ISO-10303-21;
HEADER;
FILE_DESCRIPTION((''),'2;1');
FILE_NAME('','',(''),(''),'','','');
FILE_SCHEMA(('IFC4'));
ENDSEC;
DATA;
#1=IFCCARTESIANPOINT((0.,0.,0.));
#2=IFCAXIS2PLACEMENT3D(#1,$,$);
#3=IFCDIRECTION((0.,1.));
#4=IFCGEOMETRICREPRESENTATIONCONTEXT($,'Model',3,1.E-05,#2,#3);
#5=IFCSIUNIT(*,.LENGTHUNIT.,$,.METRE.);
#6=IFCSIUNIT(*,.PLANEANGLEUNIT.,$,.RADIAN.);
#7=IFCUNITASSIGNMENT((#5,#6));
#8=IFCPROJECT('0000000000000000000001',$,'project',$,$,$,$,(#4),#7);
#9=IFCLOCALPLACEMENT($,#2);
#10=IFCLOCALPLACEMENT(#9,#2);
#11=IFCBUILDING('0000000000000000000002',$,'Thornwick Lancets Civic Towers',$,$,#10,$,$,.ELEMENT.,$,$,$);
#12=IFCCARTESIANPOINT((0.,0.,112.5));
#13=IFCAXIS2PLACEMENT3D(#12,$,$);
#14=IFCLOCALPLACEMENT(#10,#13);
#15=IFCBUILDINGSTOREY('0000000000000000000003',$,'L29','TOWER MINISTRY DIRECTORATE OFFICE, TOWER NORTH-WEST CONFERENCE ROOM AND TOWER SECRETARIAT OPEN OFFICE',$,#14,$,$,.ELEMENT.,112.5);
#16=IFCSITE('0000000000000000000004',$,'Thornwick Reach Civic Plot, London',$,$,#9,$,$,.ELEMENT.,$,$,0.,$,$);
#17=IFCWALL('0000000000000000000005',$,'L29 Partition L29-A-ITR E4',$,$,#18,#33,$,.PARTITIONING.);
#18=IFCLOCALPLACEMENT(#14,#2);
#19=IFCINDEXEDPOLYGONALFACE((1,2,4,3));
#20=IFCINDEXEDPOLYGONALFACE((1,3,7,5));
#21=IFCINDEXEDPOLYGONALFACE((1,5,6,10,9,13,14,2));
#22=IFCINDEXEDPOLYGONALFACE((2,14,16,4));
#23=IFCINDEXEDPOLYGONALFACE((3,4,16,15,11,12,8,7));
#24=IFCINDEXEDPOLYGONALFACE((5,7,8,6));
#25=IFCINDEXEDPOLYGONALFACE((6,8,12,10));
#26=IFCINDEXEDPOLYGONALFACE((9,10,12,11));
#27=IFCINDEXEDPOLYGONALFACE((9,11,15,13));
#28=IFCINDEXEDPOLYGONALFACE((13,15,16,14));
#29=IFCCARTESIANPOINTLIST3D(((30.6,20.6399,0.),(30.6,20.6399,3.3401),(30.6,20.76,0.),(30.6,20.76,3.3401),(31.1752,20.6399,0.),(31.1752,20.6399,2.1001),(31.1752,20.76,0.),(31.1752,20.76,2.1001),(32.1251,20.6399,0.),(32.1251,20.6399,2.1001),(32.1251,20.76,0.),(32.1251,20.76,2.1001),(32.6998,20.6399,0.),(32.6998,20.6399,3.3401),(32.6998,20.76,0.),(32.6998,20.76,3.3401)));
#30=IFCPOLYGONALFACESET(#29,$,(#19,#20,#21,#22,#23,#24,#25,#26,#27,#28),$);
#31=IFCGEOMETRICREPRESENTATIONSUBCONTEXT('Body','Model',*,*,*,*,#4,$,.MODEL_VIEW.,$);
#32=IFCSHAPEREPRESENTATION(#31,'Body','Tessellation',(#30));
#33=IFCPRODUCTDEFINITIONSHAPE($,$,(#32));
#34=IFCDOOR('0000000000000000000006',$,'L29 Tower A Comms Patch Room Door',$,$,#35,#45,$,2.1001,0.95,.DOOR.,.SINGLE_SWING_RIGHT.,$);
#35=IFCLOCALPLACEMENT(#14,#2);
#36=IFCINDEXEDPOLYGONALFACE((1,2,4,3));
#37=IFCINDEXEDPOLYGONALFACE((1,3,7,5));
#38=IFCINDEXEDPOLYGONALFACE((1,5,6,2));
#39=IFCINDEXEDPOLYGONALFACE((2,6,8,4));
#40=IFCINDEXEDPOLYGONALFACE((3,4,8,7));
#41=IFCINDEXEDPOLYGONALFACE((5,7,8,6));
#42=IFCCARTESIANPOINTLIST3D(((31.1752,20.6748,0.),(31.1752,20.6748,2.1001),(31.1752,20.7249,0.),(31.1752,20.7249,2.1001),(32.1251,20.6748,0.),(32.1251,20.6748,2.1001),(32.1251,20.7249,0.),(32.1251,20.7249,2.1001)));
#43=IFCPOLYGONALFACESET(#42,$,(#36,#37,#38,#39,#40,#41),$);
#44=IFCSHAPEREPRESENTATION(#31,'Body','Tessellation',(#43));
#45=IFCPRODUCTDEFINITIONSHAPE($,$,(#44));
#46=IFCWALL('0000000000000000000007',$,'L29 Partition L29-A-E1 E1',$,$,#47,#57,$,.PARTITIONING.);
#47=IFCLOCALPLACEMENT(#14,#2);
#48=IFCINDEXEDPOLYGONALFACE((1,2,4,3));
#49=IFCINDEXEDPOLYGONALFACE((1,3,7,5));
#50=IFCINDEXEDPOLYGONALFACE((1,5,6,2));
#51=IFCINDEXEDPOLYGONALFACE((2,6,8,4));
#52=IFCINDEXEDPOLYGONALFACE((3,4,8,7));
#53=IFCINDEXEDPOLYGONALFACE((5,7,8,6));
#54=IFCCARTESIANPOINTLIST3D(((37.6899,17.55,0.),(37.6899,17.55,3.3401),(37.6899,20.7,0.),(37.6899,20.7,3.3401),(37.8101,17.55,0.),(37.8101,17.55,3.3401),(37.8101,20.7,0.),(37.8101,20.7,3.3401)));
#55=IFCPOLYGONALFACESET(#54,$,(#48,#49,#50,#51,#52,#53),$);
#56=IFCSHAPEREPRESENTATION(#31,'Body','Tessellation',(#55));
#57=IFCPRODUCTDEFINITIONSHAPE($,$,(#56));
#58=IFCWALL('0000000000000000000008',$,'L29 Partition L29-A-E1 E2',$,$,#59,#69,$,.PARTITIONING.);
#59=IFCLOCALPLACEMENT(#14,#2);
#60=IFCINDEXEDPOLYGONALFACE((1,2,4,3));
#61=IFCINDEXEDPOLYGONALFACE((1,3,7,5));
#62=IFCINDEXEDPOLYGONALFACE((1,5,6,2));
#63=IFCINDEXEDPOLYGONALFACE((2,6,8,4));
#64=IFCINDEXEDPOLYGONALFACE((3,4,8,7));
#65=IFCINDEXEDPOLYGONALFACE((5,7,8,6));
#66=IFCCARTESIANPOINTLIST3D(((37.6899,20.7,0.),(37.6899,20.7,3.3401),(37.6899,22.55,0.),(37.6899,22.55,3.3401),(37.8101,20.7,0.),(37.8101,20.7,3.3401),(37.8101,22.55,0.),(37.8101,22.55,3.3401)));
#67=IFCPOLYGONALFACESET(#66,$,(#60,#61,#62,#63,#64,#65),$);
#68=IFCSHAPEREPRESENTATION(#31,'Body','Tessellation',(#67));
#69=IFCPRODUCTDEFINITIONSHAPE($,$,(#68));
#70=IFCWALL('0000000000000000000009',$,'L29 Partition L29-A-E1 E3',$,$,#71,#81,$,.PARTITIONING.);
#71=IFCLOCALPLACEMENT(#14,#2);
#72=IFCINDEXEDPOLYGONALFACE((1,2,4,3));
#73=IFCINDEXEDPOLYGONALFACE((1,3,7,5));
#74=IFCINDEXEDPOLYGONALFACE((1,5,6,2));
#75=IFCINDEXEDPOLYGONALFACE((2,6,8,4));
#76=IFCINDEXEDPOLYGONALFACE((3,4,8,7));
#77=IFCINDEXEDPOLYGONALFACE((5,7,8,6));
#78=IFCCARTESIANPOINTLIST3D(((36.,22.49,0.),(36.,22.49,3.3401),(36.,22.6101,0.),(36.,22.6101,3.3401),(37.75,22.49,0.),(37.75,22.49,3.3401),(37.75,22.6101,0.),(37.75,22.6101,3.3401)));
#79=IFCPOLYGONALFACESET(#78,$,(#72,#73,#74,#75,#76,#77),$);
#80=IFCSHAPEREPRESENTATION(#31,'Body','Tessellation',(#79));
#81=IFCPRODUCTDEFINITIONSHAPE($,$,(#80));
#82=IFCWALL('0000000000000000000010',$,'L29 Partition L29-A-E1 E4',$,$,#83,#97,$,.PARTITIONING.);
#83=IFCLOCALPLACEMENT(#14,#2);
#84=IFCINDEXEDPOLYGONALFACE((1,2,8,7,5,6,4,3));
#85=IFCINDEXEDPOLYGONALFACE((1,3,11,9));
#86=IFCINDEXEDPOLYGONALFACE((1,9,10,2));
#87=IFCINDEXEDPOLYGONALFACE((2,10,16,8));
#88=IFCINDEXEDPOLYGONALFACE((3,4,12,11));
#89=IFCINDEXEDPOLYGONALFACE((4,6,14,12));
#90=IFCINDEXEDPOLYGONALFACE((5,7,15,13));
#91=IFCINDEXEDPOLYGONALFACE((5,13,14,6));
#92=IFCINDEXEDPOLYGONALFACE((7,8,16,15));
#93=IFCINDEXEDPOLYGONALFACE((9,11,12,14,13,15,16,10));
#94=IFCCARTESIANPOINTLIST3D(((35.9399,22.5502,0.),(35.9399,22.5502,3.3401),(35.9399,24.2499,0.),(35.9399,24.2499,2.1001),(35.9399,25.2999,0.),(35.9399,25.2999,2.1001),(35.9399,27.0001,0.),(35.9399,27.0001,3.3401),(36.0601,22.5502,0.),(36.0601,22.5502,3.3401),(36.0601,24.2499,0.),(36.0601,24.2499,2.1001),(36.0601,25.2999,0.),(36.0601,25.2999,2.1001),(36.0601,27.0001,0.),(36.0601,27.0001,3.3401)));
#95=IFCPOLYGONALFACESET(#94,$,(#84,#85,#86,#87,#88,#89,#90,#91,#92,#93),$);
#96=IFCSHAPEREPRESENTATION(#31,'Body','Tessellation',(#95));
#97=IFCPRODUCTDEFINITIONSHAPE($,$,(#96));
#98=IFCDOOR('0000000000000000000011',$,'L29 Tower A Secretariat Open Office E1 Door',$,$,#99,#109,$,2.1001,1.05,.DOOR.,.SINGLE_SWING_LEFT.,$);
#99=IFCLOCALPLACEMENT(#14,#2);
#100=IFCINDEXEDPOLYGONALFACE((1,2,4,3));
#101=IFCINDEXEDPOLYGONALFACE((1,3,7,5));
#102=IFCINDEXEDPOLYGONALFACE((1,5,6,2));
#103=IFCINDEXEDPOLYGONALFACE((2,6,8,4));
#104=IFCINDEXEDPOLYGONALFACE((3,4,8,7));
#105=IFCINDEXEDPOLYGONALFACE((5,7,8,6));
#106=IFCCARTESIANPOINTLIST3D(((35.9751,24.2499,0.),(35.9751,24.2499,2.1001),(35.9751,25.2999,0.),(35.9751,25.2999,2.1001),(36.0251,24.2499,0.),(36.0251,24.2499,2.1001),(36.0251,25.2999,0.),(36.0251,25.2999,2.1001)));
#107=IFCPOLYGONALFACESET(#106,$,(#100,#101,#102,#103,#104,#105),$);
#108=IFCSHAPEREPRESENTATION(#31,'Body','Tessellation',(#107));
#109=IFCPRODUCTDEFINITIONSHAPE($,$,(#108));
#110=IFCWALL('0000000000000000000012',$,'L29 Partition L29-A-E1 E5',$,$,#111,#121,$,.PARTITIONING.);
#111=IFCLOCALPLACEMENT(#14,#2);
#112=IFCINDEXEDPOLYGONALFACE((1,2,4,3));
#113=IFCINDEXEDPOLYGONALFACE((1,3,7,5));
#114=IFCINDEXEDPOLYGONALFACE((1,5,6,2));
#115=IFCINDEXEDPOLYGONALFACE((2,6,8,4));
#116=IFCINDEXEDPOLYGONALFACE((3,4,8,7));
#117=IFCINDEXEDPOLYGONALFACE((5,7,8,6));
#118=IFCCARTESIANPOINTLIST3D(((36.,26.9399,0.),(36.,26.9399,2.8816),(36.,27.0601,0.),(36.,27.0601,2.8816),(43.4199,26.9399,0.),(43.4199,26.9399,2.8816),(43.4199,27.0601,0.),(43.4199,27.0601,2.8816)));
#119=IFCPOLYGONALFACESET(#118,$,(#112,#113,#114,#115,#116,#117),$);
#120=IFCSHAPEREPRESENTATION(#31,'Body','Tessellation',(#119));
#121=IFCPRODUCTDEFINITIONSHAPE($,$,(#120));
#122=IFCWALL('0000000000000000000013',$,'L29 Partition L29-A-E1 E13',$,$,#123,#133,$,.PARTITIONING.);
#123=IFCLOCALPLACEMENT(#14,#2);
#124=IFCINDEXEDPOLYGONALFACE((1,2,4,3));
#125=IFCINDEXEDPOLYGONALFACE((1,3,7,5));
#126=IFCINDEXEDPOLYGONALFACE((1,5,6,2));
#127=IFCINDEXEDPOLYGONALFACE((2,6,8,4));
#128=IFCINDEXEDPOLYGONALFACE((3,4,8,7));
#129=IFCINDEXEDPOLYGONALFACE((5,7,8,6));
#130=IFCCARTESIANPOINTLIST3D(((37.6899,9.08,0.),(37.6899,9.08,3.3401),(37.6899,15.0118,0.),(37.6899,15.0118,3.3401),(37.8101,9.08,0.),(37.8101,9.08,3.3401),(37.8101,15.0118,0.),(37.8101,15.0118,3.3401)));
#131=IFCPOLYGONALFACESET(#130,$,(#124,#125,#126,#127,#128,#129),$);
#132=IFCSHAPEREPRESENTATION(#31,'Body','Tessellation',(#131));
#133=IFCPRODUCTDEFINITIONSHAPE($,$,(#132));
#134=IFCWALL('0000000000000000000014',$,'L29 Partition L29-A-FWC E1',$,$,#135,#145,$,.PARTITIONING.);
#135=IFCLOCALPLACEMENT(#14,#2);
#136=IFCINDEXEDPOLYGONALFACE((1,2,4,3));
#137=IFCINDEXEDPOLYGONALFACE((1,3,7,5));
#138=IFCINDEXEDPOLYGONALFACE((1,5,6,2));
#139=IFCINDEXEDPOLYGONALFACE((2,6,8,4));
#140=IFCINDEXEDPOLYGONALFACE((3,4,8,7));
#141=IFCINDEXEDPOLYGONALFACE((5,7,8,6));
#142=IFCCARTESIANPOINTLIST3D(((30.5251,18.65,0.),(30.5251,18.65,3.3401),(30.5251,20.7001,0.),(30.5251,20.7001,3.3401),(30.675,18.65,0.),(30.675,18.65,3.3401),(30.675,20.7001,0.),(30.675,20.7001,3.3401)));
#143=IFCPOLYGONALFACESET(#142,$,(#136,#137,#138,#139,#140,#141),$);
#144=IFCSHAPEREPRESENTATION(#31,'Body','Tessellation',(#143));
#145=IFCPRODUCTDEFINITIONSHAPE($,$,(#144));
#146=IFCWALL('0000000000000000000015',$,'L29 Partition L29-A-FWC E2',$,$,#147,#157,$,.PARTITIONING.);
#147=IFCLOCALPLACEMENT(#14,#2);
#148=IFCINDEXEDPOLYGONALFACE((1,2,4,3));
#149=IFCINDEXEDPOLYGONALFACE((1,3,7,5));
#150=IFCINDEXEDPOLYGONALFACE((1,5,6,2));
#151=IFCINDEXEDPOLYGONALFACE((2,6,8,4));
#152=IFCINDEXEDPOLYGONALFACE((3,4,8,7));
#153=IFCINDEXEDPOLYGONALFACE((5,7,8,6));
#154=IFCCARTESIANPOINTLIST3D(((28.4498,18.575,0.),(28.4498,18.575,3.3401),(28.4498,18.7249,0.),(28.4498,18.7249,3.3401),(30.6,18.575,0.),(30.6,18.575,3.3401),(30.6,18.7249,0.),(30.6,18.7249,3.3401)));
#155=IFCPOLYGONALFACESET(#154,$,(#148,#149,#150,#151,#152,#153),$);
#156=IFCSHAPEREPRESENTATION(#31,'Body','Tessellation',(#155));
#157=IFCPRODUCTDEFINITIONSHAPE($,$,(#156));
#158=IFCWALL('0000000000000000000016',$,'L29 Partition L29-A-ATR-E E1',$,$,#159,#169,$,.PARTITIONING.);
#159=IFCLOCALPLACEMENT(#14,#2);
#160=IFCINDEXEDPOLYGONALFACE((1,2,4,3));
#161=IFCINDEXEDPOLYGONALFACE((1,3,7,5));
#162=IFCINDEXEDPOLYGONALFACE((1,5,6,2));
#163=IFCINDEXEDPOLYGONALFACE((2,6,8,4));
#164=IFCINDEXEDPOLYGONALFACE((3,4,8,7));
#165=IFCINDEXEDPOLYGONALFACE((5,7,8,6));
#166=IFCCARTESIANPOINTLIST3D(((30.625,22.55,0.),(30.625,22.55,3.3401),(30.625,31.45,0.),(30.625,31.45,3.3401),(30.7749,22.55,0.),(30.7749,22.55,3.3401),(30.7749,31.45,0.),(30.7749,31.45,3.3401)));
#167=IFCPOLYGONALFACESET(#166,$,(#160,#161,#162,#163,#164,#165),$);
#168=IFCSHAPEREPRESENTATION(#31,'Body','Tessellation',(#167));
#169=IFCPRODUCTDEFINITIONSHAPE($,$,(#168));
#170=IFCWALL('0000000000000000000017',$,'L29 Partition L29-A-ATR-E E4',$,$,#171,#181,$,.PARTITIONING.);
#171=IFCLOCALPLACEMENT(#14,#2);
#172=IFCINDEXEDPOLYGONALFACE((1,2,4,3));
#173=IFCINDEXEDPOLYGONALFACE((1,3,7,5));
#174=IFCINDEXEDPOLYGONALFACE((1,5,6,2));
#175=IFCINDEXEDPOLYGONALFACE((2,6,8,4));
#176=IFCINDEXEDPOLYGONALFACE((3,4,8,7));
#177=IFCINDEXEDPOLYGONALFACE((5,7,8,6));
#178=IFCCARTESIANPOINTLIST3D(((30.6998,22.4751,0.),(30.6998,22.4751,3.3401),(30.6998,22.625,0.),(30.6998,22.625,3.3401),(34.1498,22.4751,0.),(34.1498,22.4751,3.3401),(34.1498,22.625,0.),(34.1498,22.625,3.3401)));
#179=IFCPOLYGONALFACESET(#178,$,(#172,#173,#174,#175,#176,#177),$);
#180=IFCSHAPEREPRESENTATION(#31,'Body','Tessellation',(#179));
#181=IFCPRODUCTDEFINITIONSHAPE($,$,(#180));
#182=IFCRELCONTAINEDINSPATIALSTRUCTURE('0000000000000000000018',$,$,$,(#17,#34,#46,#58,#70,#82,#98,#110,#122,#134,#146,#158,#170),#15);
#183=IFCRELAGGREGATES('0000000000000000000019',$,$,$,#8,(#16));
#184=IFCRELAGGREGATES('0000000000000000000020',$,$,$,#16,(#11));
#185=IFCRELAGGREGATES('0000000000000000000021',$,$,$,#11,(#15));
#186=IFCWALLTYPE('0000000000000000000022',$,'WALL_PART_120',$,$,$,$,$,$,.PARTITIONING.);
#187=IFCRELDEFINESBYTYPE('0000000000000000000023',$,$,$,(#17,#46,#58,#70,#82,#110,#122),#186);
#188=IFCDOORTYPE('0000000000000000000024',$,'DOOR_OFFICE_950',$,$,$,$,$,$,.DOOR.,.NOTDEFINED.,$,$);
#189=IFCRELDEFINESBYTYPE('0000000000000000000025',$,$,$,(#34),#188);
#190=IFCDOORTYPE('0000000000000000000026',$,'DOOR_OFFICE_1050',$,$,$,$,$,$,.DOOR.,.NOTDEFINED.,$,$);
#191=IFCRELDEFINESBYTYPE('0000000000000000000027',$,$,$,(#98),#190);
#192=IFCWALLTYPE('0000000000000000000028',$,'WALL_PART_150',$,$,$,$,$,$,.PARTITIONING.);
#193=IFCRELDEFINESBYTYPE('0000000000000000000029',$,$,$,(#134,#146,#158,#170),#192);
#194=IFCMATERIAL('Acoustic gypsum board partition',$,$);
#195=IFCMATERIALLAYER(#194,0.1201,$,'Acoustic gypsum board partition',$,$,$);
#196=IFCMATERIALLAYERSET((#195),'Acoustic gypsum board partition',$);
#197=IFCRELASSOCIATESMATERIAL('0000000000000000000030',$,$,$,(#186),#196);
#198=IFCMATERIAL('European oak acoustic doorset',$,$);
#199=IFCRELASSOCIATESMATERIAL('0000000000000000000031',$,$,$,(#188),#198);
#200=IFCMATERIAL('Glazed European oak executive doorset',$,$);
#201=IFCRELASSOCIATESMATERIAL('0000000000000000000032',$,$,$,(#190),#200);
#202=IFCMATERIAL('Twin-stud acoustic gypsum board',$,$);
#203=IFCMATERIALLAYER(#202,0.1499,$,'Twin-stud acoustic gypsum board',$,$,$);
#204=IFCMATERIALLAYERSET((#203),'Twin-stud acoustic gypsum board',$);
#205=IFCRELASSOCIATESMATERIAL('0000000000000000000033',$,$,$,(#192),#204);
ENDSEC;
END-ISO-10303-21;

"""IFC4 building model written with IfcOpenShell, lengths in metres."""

from ifc_helpers import new_model, si_unit, direction, frame, frame_2d, origin, place, context, subcontext, project, spatial, rectangle, extrude, material, layer, layer_set, type_object, element, fill, save


model = new_model("IFC4")

# Units and contexts
model_context = context("Model", 3, precision=1e-05, world=origin(), true_north=direction((0.0, 1.0)))
body_context = subcontext(model_context, "Body", "Model", "MODEL_VIEW")
ifc_project = project(units=[si_unit("LENGTHUNIT", "METRE"), si_unit("PLANEANGLEUNIT", "RADIAN")], contexts=[model_context])

# Site, building, storey
site_placement = place(None, origin())
site = spatial("IfcSite", under=ifc_project, at=site_placement, Name="Thornwick Reach Civic Plot, London", CompositionType="ELEMENT", RefElevation=0.0)
building_placement = place(site_placement, origin())
building = spatial("IfcBuilding", under=site, at=building_placement, Name="Thornwick Lancets Civic Towers", CompositionType="ELEMENT")
storey_placement = place(building_placement, frame((0.0, 0.0, 112.5)))
storey = spatial("IfcBuildingStorey", under=building, at=storey_placement, Name="L29", Description="TOWER MINISTRY DIRECTORATE OFFICE, TOWER NORTH-WEST CONFERENCE ROOM AND TOWER SECRETARIAT OPEN OFFICE", CompositionType="ELEMENT", Elevation=112.5)

# Shared definitions
ifc_material_1 = material(Name="Acoustic gypsum board partition")
ifc_layer_1 = layer(ifc_material_1, 0.1201, Name="Acoustic gypsum board partition")
ifc_layer_set_1 = layer_set([ifc_layer_1], Name="Acoustic gypsum board partition")
wall_type_1 = type_object("IfcWallType", Name="WALL_PART_120", PredefinedType="PARTITIONING", material=ifc_layer_set_1)

# Wall, opening, door
wall_1_placement = place(storey_placement, frame((30.6001, 20.7, 0.0), z_axis=(0.0, 0.0, 1.0), x_axis=(1.0, 0.0, 0.0)))
wall_1 = element("IfcWall", 1, at=wall_1_placement, inside=storey, type_object=wall_type_1, Name="L29 Partition L29-A-ITR E4", PredefinedType="PARTITIONING", context=body_context, shape_type="SweptSolid", body=[
    extrude(rectangle(XDim=2.0999, YDim=0.1201, at=frame_2d((1.0498, 0.0))), origin(), (0.0, 0.0, 1.0), 3.3401),
])
opening_1_placement = place(wall_1_placement, frame((0.575, 0.0, 0.0)))
opening_1 = element("IfcOpeningElement", 2, at=opening_1_placement, cuts=wall_1, PredefinedType="OPENING", context=body_context, shape_type="SweptSolid", body=[
    extrude(rectangle(XDim=0.95, YDim=2.1001, at=frame_2d((0.4751, 1.05))), frame((0.0, 0.0701, 0.0), z_axis=(0.0, -1.0, 0.0), x_axis=(1.0, 0.0, 0.0)), (0.0, 0.0, 1.0), 0.1401),
])
ifc_material_2 = material(Name="European oak acoustic doorset")
door_type_1 = type_object("IfcDoorType", Name="DOOR_OFFICE_950", OperationType="NOTDEFINED", PredefinedType="DOOR", material=ifc_material_2)
door_1_placement = place(opening_1_placement, origin())
door_1 = element("IfcDoor", 3, at=door_1_placement, inside=storey, type_object=door_type_1, Name="L29 Tower A Comms Patch Room Door", OperationType="SINGLE_SWING_RIGHT", OverallHeight=2.1001, OverallWidth=0.95, PredefinedType="DOOR", context=body_context, shape_type="SweptSolid", body=[
    extrude(rectangle(XDim=0.95, YDim=2.1001, at=frame_2d((0.4751, 1.05))), frame((0.0, 0.0249, 0.0), z_axis=(0.0, -1.0, 0.0), x_axis=(1.0, 0.0, 0.0)), (0.0, 0.0, 1.0), 0.05),
])
fill(opening_1, door_1)

# Walls
wall_2_placement = place(storey_placement, frame((37.75, 17.55, 0.0), z_axis=(0.0, 0.0, 1.0), x_axis=(0.0, 1.0, 0.0)))
element("IfcWall", 4, at=wall_2_placement, inside=storey, type_object=wall_type_1, Name="L29 Partition L29-A-E1 E1", PredefinedType="PARTITIONING", context=body_context, shape_type="SweptSolid", body=[
    extrude(rectangle(XDim=3.1499, YDim=0.1201, at=frame_2d((1.575, 0.0))), origin(), (0.0, 0.0, 1.0), 3.3401),
])
wall_3_placement = place(storey_placement, frame((37.75, 20.7, 0.0), z_axis=(0.0, 0.0, 1.0), x_axis=(0.0, 1.0, 0.0)))
element("IfcWall", 5, at=wall_3_placement, inside=storey, type_object=wall_type_1, Name="L29 Partition L29-A-E1 E2", PredefinedType="PARTITIONING", context=body_context, shape_type="SweptSolid", body=[
    extrude(rectangle(XDim=1.8501, YDim=0.1201, at=frame_2d((0.925, 0.0))), origin(), (0.0, 0.0, 1.0), 3.3401),
])
wall_4_placement = place(storey_placement, frame((37.75, 22.55, 0.0), z_axis=(0.0, 0.0, 1.0), x_axis=(-1.0, 0.0, 0.0)))
element("IfcWall", 6, at=wall_4_placement, inside=storey, type_object=wall_type_1, Name="L29 Partition L29-A-E1 E3", PredefinedType="PARTITIONING", context=body_context, shape_type="SweptSolid", body=[
    extrude(rectangle(XDim=1.75, YDim=0.1201, at=frame_2d((0.875, 0.0))), origin(), (0.0, 0.0, 1.0), 3.3401),
])

# Wall, opening, door
wall_5_placement = place(storey_placement, frame((36.0, 22.55, 0.0), z_axis=(0.0, 0.0, 1.0), x_axis=(0.0, 1.0, 0.0)))
wall_5 = element("IfcWall", 7, at=wall_5_placement, inside=storey, type_object=wall_type_1, Name="L29 Partition L29-A-E1 E4", PredefinedType="PARTITIONING", context=body_context, shape_type="SweptSolid", body=[
    extrude(rectangle(XDim=4.45, YDim=0.1201, at=frame_2d((2.2251, 0.0))), origin(), (0.0, 0.0, 1.0), 3.3401),
])
opening_2_placement = place(wall_5_placement, frame((1.7, 0.0, 0.0)))
opening_2 = element("IfcOpeningElement", 8, at=opening_2_placement, cuts=wall_5, PredefinedType="OPENING", context=body_context, shape_type="SweptSolid", body=[
    extrude(rectangle(XDim=1.05, YDim=2.1001, at=frame_2d((0.5249, 1.05))), frame((0.0, 0.0701, 0.0), z_axis=(0.0, -1.0, 0.0), x_axis=(1.0, 0.0, 0.0)), (0.0, 0.0, 1.0), 0.1401),
])
ifc_material_3 = material(Name="Glazed European oak executive doorset")
door_type_2 = type_object("IfcDoorType", Name="DOOR_OFFICE_1050", OperationType="NOTDEFINED", PredefinedType="DOOR", material=ifc_material_3)
door_2_placement = place(opening_2_placement, origin())
door_2 = element("IfcDoor", 9, at=door_2_placement, inside=storey, type_object=door_type_2, Name="L29 Tower A Secretariat Open Office E1 Door", OperationType="SINGLE_SWING_LEFT", OverallHeight=2.1001, OverallWidth=1.05, PredefinedType="DOOR", context=body_context, shape_type="SweptSolid", body=[
    extrude(rectangle(XDim=1.05, YDim=2.1001, at=frame_2d((0.5249, 1.05))), frame((0.0, 0.0249, 0.0), z_axis=(0.0, -1.0, 0.0), x_axis=(1.0, 0.0, 0.0)), (0.0, 0.0, 1.0), 0.05),
])
fill(opening_2, door_2)

# Walls
wall_6_placement = place(storey_placement, frame((36.0, 27.0, 0.0), z_axis=(0.0, 0.0, 1.0), x_axis=(1.0, 0.0, 0.0)))
element("IfcWall", 10, at=wall_6_placement, inside=storey, type_object=wall_type_1, Name="L29 Partition L29-A-E1 E5", PredefinedType="PARTITIONING", context=body_context, shape_type="SweptSolid", body=[
    extrude(rectangle(XDim=7.4199, YDim=0.1201, at=frame_2d((3.71, 0.0))), origin(), (0.0, 0.0, 1.0), 2.8816),
])
wall_7_placement = place(storey_placement, frame((37.75, 9.0801, 0.0), z_axis=(0.0, 0.0, 1.0), x_axis=(0.0, 1.0, 0.0)))
element("IfcWall", 11, at=wall_7_placement, inside=storey, type_object=wall_type_1, Name="L29 Partition L29-A-E1 E13", PredefinedType="PARTITIONING", context=body_context, shape_type="SweptSolid", body=[
    extrude(rectangle(XDim=5.9319, YDim=0.1201, at=frame_2d((2.9658, 0.0))), origin(), (0.0, 0.0, 1.0), 3.3401),
])
ifc_material_4 = material(Name="Twin-stud acoustic gypsum board")
ifc_layer_2 = layer(ifc_material_4, 0.1499, Name="Twin-stud acoustic gypsum board")
ifc_layer_set_2 = layer_set([ifc_layer_2], Name="Twin-stud acoustic gypsum board")
wall_type_2 = type_object("IfcWallType", Name="WALL_PART_150", PredefinedType="PARTITIONING", material=ifc_layer_set_2)
wall_8_placement = place(storey_placement, frame((30.6001, 20.7, 0.0), z_axis=(0.0, 0.0, 1.0), x_axis=(0.0, -1.0, 0.0)))
element("IfcWall", 12, at=wall_8_placement, inside=storey, type_object=wall_type_2, Name="L29 Partition L29-A-FWC E1", PredefinedType="PARTITIONING", context=body_context, shape_type="SweptSolid", body=[
    extrude(rectangle(XDim=2.05, YDim=0.1499, at=frame_2d((1.0249, 0.0))), origin(), (0.0, 0.0, 1.0), 3.3401),
])
wall_9_placement = place(storey_placement, frame((30.6001, 18.6499, 0.0), z_axis=(0.0, 0.0, 1.0), x_axis=(-1.0, 0.0, 0.0)))
element("IfcWall", 13, at=wall_9_placement, inside=storey, type_object=wall_type_2, Name="L29 Partition L29-A-FWC E2", PredefinedType="PARTITIONING", context=body_context, shape_type="SweptSolid", body=[
    extrude(rectangle(XDim=2.1501, YDim=0.1499, at=frame_2d((1.0752, 0.0))), origin(), (0.0, 0.0, 1.0), 3.3401),
])
wall_10_placement = place(storey_placement, frame((30.7, 22.55, 0.0), z_axis=(0.0, 0.0, 1.0), x_axis=(0.0, 1.0, 0.0)))
element("IfcWall", 14, at=wall_10_placement, inside=storey, type_object=wall_type_2, Name="L29 Partition L29-A-ATR-E E1", PredefinedType="PARTITIONING", context=body_context, shape_type="SweptSolid", body=[
    extrude(rectangle(XDim=8.8999, YDim=0.1499, at=frame_2d((4.45, 0.0))), origin(), (0.0, 0.0, 1.0), 3.3401),
])
wall_11_placement = place(storey_placement, frame((34.1499, 22.55, 0.0), z_axis=(0.0, 0.0, 1.0), x_axis=(-1.0, 0.0, 0.0)))
element("IfcWall", 15, at=wall_11_placement, inside=storey, type_object=wall_type_2, Name="L29 Partition L29-A-ATR-E E4", PredefinedType="PARTITIONING", context=body_context, shape_type="SweptSolid", body=[
    extrude(rectangle(XDim=3.45, YDim=0.1499, at=frame_2d((1.7251, 0.0))), origin(), (0.0, 0.0, 1.0), 3.3401),
])

save(model, "model.ifc")
